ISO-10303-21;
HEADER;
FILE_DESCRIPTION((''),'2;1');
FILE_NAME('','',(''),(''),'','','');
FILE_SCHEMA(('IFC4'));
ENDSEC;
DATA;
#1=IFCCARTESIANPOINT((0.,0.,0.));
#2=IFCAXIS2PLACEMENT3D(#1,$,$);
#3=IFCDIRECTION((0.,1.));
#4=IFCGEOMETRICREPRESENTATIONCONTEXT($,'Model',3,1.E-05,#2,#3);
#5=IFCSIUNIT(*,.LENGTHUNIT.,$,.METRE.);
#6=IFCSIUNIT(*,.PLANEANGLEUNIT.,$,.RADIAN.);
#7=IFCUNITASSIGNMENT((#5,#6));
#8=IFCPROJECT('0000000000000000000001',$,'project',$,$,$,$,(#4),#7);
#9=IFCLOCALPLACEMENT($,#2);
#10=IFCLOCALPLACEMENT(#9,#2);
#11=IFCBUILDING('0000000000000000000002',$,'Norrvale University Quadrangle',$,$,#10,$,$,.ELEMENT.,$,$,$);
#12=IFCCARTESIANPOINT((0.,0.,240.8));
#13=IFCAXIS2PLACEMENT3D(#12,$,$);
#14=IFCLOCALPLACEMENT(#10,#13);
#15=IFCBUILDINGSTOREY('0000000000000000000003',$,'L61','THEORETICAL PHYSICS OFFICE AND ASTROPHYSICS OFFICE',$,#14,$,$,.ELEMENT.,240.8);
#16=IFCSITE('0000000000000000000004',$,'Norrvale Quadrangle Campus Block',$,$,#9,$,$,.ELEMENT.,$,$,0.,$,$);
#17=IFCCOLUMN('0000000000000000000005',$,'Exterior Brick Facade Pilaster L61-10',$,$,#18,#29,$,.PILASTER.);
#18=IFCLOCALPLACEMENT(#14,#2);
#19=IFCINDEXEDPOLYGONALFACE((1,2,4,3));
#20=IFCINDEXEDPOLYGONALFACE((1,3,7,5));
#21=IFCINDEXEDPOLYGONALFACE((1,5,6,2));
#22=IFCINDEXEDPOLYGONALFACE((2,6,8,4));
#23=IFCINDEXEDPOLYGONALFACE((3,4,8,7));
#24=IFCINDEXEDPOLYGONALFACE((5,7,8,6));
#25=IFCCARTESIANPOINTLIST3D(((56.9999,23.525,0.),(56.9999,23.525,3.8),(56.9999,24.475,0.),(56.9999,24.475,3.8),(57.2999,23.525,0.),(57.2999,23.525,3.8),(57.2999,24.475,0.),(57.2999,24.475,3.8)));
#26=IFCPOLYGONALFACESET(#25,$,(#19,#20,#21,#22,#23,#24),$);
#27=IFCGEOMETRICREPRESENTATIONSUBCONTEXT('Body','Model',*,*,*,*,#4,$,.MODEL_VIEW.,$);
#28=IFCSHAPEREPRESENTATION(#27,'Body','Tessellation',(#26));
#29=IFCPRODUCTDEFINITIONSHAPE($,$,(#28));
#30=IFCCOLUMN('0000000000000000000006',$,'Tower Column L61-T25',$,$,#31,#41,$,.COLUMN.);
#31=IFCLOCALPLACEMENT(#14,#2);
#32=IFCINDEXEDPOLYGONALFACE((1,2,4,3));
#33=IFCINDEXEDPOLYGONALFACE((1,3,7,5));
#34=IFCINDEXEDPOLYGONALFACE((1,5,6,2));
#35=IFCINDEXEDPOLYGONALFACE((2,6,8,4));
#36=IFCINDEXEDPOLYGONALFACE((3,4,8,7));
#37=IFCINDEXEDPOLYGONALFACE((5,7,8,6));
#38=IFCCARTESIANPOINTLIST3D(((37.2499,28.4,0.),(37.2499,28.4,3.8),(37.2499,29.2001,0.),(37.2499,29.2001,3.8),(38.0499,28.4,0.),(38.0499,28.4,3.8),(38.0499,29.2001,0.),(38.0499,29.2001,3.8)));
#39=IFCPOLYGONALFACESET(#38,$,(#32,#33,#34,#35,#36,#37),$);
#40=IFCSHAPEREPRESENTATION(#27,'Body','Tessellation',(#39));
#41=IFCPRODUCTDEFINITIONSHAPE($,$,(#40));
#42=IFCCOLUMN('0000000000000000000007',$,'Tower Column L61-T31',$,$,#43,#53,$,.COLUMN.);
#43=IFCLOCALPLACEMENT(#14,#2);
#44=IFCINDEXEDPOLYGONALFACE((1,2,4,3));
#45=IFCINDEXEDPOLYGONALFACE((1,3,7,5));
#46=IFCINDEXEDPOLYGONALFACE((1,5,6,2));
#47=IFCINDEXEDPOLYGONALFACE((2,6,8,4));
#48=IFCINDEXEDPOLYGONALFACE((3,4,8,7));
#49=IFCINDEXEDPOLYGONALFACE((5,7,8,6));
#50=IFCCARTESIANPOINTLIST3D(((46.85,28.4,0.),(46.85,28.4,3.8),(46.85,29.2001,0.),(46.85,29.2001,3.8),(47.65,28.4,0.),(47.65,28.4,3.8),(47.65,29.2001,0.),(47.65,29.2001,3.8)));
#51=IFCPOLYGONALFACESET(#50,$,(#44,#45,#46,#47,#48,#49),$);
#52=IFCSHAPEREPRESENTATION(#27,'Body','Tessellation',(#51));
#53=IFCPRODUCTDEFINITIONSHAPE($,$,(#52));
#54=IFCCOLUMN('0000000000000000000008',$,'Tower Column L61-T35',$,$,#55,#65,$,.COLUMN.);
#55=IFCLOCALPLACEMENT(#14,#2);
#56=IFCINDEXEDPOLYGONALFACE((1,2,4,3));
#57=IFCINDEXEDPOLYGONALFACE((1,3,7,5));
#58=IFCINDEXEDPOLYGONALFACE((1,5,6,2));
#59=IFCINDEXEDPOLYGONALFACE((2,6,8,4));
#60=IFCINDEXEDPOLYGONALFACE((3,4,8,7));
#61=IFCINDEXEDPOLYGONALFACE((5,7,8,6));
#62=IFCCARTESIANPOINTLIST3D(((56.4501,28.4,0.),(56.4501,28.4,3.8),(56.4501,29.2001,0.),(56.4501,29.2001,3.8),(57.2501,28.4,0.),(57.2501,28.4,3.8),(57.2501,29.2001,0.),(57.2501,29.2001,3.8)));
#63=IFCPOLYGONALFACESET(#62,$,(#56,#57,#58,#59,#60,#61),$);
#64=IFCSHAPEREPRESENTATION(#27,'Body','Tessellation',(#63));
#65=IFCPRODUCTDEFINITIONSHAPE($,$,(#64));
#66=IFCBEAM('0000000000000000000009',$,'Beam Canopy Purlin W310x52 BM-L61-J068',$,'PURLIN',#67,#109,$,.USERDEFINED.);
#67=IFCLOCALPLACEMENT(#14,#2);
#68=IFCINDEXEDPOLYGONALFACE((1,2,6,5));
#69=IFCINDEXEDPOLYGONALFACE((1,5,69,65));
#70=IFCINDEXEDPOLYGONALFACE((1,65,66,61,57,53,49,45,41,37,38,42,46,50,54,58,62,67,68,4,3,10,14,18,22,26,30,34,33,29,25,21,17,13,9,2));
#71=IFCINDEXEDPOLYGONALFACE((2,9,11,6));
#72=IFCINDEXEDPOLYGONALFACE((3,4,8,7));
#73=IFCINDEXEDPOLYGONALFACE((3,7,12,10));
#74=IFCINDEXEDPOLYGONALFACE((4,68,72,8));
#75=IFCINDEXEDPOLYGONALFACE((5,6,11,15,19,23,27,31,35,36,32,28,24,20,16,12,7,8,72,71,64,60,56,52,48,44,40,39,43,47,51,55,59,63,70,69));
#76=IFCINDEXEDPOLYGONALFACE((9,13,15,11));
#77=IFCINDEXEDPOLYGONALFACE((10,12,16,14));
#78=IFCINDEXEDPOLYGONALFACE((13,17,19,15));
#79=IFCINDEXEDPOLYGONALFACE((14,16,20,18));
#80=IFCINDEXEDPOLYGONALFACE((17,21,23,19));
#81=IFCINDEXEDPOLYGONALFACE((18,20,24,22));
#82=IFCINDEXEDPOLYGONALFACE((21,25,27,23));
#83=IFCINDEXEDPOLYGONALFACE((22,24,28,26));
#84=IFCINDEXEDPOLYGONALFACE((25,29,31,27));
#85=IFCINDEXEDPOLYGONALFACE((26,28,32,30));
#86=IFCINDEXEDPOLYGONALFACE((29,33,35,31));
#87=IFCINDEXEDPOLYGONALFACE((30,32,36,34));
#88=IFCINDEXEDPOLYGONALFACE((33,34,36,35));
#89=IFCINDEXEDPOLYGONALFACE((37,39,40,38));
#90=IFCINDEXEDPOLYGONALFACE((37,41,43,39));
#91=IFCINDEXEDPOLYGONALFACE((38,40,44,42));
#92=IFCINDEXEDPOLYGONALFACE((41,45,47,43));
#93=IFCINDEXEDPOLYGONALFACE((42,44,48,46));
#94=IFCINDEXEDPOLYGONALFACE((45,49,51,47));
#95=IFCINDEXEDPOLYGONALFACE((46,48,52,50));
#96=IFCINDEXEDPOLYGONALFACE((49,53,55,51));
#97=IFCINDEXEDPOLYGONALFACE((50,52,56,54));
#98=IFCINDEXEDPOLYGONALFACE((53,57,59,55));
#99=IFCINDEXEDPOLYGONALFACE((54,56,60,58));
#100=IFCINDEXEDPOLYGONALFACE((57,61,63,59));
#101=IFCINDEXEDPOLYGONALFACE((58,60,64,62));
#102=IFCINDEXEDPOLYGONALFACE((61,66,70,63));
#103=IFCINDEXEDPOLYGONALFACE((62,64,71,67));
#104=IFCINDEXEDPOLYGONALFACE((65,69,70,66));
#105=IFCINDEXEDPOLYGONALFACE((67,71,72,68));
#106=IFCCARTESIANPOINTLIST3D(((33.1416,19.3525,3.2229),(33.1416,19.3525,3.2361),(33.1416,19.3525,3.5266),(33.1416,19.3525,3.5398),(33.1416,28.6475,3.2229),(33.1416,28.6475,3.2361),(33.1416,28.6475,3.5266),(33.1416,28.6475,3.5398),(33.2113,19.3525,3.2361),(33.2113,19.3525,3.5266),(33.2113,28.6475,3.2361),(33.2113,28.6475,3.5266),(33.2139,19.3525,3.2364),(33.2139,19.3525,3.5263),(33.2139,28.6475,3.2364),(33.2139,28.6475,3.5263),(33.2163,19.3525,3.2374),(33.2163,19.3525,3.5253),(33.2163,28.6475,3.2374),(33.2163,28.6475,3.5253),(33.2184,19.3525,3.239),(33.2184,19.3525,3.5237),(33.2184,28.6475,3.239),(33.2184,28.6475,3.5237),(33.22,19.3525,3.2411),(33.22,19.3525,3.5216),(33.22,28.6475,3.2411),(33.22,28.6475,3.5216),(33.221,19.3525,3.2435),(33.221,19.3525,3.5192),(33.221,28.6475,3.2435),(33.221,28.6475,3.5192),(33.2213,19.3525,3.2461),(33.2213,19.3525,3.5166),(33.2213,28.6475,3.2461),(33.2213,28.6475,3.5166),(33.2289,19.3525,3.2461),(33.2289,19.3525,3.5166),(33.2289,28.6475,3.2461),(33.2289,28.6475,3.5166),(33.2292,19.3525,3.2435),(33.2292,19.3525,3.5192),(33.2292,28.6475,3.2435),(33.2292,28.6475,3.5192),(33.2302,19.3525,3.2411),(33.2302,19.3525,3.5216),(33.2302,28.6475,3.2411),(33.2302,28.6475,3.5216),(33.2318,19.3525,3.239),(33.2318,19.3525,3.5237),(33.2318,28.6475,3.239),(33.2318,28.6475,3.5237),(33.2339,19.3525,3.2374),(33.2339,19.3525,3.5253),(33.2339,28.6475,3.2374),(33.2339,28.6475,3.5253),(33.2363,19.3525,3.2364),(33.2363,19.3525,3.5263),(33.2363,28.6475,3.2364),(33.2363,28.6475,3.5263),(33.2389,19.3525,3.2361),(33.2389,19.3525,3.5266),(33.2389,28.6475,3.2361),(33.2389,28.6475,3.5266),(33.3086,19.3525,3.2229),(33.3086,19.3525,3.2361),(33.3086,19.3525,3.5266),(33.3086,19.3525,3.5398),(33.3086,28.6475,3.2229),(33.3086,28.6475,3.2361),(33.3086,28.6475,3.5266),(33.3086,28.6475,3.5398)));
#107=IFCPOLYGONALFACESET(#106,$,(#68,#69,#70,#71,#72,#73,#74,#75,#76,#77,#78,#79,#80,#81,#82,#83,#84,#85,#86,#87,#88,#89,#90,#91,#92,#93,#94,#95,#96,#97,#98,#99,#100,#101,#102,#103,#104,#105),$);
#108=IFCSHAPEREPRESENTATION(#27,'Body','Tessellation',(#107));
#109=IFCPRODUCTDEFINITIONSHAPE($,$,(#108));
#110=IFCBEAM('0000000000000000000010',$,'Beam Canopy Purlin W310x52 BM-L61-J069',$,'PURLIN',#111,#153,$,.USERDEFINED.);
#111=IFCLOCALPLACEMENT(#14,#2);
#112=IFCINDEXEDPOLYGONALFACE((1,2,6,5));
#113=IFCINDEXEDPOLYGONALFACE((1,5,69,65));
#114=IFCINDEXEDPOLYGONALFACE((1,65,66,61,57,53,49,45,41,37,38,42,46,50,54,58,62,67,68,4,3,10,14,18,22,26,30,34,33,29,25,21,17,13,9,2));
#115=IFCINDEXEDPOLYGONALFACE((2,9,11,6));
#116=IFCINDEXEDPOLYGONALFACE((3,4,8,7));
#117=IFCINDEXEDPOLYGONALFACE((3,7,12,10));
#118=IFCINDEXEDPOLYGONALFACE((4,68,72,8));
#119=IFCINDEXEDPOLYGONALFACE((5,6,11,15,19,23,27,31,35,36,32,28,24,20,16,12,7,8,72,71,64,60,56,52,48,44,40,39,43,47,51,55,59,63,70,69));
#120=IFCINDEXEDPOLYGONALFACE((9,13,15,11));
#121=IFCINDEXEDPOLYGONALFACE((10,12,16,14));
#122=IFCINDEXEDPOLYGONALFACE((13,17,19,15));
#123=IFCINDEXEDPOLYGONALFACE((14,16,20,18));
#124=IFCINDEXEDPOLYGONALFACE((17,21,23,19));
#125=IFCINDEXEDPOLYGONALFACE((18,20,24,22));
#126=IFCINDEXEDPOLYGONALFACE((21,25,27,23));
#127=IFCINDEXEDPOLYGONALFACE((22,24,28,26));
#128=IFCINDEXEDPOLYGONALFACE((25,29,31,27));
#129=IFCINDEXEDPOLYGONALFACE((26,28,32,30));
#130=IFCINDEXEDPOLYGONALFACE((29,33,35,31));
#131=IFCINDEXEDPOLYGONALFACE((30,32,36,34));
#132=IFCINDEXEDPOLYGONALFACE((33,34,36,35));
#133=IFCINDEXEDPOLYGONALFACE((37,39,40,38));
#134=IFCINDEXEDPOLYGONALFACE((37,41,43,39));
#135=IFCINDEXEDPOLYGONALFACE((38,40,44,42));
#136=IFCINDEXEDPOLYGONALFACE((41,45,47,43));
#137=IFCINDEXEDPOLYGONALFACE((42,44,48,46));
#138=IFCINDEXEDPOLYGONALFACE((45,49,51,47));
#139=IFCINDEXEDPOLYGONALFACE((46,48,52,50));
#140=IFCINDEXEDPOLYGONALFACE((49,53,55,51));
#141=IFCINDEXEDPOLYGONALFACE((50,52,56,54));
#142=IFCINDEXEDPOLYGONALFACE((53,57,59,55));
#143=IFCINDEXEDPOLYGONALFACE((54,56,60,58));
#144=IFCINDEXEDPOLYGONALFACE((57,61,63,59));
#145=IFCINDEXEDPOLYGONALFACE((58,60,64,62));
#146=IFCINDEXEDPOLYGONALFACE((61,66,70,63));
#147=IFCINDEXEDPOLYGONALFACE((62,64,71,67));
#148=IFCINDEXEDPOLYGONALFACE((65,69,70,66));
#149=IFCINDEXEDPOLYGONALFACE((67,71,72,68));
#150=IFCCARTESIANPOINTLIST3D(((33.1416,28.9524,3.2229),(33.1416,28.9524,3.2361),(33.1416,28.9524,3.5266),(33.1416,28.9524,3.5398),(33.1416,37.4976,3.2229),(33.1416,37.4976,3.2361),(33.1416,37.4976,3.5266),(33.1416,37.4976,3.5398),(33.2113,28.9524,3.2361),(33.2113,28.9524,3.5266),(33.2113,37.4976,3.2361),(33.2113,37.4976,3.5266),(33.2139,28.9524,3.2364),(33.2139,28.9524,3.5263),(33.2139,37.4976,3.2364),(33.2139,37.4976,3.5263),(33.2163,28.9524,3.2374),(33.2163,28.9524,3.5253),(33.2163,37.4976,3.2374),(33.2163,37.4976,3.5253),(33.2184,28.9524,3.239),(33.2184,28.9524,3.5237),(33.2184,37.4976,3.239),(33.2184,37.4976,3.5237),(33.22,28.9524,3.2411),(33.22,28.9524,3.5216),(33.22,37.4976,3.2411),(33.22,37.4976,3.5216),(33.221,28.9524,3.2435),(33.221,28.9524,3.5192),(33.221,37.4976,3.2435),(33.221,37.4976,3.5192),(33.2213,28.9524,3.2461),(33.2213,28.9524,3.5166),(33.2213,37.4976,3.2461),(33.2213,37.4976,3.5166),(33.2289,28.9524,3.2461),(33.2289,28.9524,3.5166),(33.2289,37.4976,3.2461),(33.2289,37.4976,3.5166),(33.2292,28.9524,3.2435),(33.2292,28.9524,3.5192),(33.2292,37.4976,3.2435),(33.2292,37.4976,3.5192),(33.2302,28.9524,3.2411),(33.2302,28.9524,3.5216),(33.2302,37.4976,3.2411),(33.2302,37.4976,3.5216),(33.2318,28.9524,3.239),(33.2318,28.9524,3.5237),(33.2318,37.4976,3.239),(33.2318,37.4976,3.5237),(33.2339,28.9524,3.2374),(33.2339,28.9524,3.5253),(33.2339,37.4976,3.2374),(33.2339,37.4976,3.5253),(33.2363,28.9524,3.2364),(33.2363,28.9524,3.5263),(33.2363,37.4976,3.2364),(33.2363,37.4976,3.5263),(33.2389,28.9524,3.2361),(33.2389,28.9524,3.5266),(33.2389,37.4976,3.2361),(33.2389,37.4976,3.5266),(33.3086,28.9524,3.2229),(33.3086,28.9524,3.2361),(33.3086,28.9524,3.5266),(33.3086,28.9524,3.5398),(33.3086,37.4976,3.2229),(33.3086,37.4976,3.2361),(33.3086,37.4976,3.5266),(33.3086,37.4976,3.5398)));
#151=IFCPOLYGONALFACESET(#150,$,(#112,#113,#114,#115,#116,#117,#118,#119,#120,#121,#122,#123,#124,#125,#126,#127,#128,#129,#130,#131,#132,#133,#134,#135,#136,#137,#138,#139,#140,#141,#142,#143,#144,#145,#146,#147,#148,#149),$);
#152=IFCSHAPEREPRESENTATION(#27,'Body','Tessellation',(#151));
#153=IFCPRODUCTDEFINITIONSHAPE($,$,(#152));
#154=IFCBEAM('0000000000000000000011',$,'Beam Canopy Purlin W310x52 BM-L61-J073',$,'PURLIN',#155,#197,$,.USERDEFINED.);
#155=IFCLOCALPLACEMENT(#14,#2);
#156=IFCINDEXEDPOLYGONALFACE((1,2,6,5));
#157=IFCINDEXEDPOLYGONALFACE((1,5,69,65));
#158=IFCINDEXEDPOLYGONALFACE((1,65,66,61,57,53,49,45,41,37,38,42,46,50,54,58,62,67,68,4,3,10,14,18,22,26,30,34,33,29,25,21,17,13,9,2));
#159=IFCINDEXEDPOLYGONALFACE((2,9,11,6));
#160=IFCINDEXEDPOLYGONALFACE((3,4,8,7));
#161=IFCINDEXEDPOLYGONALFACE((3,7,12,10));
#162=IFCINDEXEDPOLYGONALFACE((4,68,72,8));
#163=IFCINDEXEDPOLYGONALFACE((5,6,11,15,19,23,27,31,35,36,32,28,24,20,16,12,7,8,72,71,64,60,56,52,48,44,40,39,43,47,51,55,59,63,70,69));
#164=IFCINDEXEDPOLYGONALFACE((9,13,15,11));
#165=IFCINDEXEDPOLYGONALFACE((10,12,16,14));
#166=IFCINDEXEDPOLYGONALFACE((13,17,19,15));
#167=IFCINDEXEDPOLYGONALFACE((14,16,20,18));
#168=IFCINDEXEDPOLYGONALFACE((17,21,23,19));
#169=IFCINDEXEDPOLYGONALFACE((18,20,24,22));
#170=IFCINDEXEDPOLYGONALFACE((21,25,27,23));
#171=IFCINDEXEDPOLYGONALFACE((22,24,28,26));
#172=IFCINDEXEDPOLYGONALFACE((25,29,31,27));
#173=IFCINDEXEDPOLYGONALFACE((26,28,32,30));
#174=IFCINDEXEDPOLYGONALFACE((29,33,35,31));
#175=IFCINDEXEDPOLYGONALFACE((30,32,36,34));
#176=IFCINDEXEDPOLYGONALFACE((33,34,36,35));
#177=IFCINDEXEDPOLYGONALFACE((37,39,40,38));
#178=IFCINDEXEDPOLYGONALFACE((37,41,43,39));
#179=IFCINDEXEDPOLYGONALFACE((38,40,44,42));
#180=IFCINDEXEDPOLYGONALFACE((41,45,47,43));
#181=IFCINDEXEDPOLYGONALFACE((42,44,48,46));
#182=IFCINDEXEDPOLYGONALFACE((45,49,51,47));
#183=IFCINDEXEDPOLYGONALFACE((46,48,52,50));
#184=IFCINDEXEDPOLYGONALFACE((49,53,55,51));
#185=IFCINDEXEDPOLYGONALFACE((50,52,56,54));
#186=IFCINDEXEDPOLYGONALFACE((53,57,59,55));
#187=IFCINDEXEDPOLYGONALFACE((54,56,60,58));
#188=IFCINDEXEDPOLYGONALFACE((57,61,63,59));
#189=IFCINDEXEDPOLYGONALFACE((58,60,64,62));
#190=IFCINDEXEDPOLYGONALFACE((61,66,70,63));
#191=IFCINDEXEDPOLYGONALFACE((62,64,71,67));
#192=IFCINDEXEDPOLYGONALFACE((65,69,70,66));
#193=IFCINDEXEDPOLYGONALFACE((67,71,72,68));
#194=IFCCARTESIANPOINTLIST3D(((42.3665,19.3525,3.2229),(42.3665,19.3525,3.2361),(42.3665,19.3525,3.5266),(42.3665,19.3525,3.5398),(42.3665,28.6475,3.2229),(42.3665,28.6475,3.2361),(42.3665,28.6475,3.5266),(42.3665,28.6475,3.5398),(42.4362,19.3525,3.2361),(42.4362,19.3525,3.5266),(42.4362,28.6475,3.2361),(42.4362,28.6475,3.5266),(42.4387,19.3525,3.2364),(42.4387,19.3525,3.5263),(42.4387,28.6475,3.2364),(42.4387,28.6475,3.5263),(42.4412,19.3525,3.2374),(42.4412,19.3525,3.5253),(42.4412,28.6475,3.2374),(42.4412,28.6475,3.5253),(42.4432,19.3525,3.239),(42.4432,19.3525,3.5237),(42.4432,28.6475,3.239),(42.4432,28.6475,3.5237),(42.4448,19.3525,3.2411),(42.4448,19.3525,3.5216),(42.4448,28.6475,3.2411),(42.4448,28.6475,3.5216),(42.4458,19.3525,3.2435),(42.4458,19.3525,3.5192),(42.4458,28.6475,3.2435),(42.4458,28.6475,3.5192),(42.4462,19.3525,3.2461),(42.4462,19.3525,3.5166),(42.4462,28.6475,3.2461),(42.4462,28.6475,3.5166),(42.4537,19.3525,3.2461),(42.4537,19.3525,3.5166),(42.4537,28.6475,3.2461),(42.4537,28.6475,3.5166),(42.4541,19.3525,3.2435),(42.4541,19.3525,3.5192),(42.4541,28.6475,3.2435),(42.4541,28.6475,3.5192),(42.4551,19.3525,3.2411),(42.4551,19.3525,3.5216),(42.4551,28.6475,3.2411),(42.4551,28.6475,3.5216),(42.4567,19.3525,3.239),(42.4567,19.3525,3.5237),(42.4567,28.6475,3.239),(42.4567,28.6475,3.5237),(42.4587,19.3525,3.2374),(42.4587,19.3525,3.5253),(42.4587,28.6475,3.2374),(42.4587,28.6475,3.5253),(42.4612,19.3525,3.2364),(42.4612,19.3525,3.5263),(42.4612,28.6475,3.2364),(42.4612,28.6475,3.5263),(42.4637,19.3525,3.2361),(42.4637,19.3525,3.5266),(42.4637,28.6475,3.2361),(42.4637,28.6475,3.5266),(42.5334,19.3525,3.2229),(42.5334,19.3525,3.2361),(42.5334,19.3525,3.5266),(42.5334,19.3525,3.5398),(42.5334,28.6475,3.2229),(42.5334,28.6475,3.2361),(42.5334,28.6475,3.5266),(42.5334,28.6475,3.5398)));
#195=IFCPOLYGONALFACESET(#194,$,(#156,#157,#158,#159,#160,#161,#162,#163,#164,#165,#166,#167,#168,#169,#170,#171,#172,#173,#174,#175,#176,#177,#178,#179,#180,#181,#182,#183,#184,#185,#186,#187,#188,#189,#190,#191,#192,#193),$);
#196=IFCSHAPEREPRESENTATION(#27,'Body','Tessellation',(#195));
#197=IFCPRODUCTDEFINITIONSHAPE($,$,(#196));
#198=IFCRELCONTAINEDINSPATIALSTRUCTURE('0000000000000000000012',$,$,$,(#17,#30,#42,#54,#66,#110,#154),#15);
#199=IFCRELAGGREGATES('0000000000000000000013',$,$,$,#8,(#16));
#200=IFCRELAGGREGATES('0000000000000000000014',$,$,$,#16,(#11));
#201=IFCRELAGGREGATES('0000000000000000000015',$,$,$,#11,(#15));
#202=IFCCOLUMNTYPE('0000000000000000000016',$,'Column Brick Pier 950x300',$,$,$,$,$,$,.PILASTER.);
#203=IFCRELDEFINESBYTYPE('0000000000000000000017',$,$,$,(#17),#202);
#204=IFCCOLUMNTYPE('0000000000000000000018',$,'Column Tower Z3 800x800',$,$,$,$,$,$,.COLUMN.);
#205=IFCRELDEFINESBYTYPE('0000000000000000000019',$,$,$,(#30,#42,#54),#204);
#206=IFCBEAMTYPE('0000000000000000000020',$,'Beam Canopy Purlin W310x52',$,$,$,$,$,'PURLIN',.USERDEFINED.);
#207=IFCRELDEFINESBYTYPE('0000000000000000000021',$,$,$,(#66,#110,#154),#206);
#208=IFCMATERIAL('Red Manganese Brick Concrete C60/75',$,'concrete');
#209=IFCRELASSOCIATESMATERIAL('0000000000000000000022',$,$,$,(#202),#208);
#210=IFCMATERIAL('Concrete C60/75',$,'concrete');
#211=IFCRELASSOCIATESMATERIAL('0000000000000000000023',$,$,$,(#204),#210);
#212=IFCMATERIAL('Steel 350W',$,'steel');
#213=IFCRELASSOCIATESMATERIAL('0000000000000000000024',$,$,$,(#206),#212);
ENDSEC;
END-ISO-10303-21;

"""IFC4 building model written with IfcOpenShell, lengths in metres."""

from ifc_helpers import new_model, si_unit, direction, frame, origin, origin_2d, place, context, subcontext, project, spatial, rectangle, i_section, extrude, material, material_profile, profile_set, type_object, element, save


model = new_model("IFC4")

# Units and contexts
model_context = context("Model", 3, precision=1e-05, world=origin(), true_north=direction((0.0, 1.0)))
body_context = subcontext(model_context, "Body", "Model", "MODEL_VIEW")
ifc_project = project(units=[si_unit("LENGTHUNIT", "METRE"), si_unit("PLANEANGLEUNIT", "RADIAN")], contexts=[model_context])

# Site, building, storey
site_placement = place(None, origin())
site = spatial("IfcSite", under=ifc_project, at=site_placement, Name="Norrvale Quadrangle Campus Block", CompositionType="ELEMENT", RefElevation=0.0)
building_placement = place(site_placement, origin())
building = spatial("IfcBuilding", under=site, at=building_placement, Name="Norrvale University Quadrangle", CompositionType="ELEMENT")
storey_placement = place(building_placement, frame((0.0, 0.0, 240.8)))
storey = spatial("IfcBuildingStorey", under=building, at=storey_placement, Name="L61", Description="THEORETICAL PHYSICS OFFICE AND ASTROPHYSICS OFFICE", CompositionType="ELEMENT", Elevation=240.8)

# Columns
ifc_material_1 = material(Name="Red Manganese Brick Concrete C60/75", Category="concrete")
ifc_material_profile_1 = material_profile(ifc_material_1, rectangle(XDim=0.95, YDim=0.3, at=origin_2d()), Name="Red Manganese Brick Concrete C60/75")
ifc_profile_set_1 = profile_set([ifc_material_profile_1], Name="Red Manganese Brick Concrete C60/75")
column_type_1 = type_object("IfcColumnType", Name="Column Brick Pier 950x300", PredefinedType="PILASTER", material=ifc_profile_set_1)
column_placement = place(storey_placement, frame((57.1499, 24.0, 0.0), z_axis=(0.0, 0.0, 1.0), x_axis=(0.0, 1.0, 0.0)))
element("IfcColumn", 1, at=column_placement, inside=storey, type_object=column_type_1, Name="Exterior Brick Facade Pilaster L61-10", PredefinedType="PILASTER", context=body_context, shape_type="SweptSolid", body=[
    extrude(rectangle(XDim=0.95, YDim=0.3, at=origin_2d()), origin(), (0.0, 0.0, 1.0), 3.8),
])
ifc_material_2 = material(Name="Concrete C60/75", Category="concrete")
ifc_material_profile_2 = material_profile(ifc_material_2, rectangle(XDim=0.8, YDim=0.8, at=origin_2d()), Name="Concrete C60/75")
ifc_profile_set_2 = profile_set([ifc_material_profile_2], Name="Concrete C60/75")
column_type_2 = type_object("IfcColumnType", Name="Column Tower Z3 800x800", PredefinedType="COLUMN", material=ifc_profile_set_2)
for number, where, z_axis, x_axis, name in (
    (2, (37.6499, 28.8, 0.0), (0.0, 0.0, 1.0), (1.0, 0.0, 0.0), "Tower Column L61-T25"),
    (3, (47.25, 28.8, 0.0), (0.0, 0.0, 1.0), (1.0, 0.0, 0.0), "Tower Column L61-T31"),
    (4, (56.8501, 28.8, 0.0), (0.0, 0.0, 1.0), (1.0, 0.0, 0.0), "Tower Column L61-T35"),
):
    element("IfcColumn", number, at=place(storey_placement, frame(where, z_axis=z_axis, x_axis=x_axis)), inside=storey, type_object=column_type_2, Name=name, PredefinedType="COLUMN", context=body_context, shape_type="SweptSolid", body=[
        extrude(rectangle(XDim=0.8, YDim=0.8, at=origin_2d()), origin(), (0.0, 0.0, 1.0), 3.8),
    ])

# Beams
ifc_material_3 = material(Name="Steel 350W", Category="steel")
ifc_material_profile_3 = material_profile(ifc_material_3, i_section(OverallWidth=0.167, OverallDepth=0.3169, WebThickness=0.0076, FlangeThickness=0.0132, FilletRadius=0.01, at=origin_2d()), Name="Steel 350W")
ifc_profile_set_3 = profile_set([ifc_material_profile_3], Name="Steel 350W")
beam_type_1 = type_object("IfcBeamType", Name="Beam Canopy Purlin W310x52", ElementType="PURLIN", PredefinedType="USERDEFINED", material=ifc_profile_set_3)
beam_1_placement = place(storey_placement, frame((33.2251, 19.3525, 3.3813), z_axis=(0.0, 1.0, 0.0), x_axis=(-1.0, 0.0, 0.0)))
element("IfcBeam", 5, at=beam_1_placement, inside=storey, type_object=beam_type_1, Name="Beam Canopy Purlin W310x52 BM-L61-J068", ObjectType="PURLIN", PredefinedType="USERDEFINED", context=body_context, shape_type="SweptSolid", body=[
    extrude(i_section(OverallWidth=0.167, OverallDepth=0.3169, WebThickness=0.0076, FlangeThickness=0.0132, FilletRadius=0.01, at=origin_2d()), origin(), (0.0, 0.0, 1.0), 9.2949),
])
beam_2_placement = place(storey_placement, frame((33.2251, 28.9524, 3.3813), z_axis=(0.0, 1.0, 0.0), x_axis=(-1.0, 0.0, 0.0)))
element("IfcBeam", 6, at=beam_2_placement, inside=storey, type_object=beam_type_1, Name="Beam Canopy Purlin W310x52 BM-L61-J069", ObjectType="PURLIN", PredefinedType="USERDEFINED", context=body_context, shape_type="SweptSolid", body=[
    extrude(i_section(OverallWidth=0.167, OverallDepth=0.3169, WebThickness=0.0076, FlangeThickness=0.0132, FilletRadius=0.01, at=origin_2d()), origin(), (0.0, 0.0, 1.0), 8.5452),
])
beam_3_placement = place(storey_placement, frame((42.45, 19.3525, 3.3813), z_axis=(0.0, 1.0, 0.0), x_axis=(-1.0, 0.0, 0.0)))
element("IfcBeam", 7, at=beam_3_placement, inside=storey, type_object=beam_type_1, Name="Beam Canopy Purlin W310x52 BM-L61-J073", ObjectType="PURLIN", PredefinedType="USERDEFINED", context=body_context, shape_type="SweptSolid", body=[
    extrude(i_section(OverallWidth=0.167, OverallDepth=0.3169, WebThickness=0.0076, FlangeThickness=0.0132, FilletRadius=0.01, at=origin_2d()), origin(), (0.0, 0.0, 1.0), 9.2949),
])

save(model, "model.ifc")
